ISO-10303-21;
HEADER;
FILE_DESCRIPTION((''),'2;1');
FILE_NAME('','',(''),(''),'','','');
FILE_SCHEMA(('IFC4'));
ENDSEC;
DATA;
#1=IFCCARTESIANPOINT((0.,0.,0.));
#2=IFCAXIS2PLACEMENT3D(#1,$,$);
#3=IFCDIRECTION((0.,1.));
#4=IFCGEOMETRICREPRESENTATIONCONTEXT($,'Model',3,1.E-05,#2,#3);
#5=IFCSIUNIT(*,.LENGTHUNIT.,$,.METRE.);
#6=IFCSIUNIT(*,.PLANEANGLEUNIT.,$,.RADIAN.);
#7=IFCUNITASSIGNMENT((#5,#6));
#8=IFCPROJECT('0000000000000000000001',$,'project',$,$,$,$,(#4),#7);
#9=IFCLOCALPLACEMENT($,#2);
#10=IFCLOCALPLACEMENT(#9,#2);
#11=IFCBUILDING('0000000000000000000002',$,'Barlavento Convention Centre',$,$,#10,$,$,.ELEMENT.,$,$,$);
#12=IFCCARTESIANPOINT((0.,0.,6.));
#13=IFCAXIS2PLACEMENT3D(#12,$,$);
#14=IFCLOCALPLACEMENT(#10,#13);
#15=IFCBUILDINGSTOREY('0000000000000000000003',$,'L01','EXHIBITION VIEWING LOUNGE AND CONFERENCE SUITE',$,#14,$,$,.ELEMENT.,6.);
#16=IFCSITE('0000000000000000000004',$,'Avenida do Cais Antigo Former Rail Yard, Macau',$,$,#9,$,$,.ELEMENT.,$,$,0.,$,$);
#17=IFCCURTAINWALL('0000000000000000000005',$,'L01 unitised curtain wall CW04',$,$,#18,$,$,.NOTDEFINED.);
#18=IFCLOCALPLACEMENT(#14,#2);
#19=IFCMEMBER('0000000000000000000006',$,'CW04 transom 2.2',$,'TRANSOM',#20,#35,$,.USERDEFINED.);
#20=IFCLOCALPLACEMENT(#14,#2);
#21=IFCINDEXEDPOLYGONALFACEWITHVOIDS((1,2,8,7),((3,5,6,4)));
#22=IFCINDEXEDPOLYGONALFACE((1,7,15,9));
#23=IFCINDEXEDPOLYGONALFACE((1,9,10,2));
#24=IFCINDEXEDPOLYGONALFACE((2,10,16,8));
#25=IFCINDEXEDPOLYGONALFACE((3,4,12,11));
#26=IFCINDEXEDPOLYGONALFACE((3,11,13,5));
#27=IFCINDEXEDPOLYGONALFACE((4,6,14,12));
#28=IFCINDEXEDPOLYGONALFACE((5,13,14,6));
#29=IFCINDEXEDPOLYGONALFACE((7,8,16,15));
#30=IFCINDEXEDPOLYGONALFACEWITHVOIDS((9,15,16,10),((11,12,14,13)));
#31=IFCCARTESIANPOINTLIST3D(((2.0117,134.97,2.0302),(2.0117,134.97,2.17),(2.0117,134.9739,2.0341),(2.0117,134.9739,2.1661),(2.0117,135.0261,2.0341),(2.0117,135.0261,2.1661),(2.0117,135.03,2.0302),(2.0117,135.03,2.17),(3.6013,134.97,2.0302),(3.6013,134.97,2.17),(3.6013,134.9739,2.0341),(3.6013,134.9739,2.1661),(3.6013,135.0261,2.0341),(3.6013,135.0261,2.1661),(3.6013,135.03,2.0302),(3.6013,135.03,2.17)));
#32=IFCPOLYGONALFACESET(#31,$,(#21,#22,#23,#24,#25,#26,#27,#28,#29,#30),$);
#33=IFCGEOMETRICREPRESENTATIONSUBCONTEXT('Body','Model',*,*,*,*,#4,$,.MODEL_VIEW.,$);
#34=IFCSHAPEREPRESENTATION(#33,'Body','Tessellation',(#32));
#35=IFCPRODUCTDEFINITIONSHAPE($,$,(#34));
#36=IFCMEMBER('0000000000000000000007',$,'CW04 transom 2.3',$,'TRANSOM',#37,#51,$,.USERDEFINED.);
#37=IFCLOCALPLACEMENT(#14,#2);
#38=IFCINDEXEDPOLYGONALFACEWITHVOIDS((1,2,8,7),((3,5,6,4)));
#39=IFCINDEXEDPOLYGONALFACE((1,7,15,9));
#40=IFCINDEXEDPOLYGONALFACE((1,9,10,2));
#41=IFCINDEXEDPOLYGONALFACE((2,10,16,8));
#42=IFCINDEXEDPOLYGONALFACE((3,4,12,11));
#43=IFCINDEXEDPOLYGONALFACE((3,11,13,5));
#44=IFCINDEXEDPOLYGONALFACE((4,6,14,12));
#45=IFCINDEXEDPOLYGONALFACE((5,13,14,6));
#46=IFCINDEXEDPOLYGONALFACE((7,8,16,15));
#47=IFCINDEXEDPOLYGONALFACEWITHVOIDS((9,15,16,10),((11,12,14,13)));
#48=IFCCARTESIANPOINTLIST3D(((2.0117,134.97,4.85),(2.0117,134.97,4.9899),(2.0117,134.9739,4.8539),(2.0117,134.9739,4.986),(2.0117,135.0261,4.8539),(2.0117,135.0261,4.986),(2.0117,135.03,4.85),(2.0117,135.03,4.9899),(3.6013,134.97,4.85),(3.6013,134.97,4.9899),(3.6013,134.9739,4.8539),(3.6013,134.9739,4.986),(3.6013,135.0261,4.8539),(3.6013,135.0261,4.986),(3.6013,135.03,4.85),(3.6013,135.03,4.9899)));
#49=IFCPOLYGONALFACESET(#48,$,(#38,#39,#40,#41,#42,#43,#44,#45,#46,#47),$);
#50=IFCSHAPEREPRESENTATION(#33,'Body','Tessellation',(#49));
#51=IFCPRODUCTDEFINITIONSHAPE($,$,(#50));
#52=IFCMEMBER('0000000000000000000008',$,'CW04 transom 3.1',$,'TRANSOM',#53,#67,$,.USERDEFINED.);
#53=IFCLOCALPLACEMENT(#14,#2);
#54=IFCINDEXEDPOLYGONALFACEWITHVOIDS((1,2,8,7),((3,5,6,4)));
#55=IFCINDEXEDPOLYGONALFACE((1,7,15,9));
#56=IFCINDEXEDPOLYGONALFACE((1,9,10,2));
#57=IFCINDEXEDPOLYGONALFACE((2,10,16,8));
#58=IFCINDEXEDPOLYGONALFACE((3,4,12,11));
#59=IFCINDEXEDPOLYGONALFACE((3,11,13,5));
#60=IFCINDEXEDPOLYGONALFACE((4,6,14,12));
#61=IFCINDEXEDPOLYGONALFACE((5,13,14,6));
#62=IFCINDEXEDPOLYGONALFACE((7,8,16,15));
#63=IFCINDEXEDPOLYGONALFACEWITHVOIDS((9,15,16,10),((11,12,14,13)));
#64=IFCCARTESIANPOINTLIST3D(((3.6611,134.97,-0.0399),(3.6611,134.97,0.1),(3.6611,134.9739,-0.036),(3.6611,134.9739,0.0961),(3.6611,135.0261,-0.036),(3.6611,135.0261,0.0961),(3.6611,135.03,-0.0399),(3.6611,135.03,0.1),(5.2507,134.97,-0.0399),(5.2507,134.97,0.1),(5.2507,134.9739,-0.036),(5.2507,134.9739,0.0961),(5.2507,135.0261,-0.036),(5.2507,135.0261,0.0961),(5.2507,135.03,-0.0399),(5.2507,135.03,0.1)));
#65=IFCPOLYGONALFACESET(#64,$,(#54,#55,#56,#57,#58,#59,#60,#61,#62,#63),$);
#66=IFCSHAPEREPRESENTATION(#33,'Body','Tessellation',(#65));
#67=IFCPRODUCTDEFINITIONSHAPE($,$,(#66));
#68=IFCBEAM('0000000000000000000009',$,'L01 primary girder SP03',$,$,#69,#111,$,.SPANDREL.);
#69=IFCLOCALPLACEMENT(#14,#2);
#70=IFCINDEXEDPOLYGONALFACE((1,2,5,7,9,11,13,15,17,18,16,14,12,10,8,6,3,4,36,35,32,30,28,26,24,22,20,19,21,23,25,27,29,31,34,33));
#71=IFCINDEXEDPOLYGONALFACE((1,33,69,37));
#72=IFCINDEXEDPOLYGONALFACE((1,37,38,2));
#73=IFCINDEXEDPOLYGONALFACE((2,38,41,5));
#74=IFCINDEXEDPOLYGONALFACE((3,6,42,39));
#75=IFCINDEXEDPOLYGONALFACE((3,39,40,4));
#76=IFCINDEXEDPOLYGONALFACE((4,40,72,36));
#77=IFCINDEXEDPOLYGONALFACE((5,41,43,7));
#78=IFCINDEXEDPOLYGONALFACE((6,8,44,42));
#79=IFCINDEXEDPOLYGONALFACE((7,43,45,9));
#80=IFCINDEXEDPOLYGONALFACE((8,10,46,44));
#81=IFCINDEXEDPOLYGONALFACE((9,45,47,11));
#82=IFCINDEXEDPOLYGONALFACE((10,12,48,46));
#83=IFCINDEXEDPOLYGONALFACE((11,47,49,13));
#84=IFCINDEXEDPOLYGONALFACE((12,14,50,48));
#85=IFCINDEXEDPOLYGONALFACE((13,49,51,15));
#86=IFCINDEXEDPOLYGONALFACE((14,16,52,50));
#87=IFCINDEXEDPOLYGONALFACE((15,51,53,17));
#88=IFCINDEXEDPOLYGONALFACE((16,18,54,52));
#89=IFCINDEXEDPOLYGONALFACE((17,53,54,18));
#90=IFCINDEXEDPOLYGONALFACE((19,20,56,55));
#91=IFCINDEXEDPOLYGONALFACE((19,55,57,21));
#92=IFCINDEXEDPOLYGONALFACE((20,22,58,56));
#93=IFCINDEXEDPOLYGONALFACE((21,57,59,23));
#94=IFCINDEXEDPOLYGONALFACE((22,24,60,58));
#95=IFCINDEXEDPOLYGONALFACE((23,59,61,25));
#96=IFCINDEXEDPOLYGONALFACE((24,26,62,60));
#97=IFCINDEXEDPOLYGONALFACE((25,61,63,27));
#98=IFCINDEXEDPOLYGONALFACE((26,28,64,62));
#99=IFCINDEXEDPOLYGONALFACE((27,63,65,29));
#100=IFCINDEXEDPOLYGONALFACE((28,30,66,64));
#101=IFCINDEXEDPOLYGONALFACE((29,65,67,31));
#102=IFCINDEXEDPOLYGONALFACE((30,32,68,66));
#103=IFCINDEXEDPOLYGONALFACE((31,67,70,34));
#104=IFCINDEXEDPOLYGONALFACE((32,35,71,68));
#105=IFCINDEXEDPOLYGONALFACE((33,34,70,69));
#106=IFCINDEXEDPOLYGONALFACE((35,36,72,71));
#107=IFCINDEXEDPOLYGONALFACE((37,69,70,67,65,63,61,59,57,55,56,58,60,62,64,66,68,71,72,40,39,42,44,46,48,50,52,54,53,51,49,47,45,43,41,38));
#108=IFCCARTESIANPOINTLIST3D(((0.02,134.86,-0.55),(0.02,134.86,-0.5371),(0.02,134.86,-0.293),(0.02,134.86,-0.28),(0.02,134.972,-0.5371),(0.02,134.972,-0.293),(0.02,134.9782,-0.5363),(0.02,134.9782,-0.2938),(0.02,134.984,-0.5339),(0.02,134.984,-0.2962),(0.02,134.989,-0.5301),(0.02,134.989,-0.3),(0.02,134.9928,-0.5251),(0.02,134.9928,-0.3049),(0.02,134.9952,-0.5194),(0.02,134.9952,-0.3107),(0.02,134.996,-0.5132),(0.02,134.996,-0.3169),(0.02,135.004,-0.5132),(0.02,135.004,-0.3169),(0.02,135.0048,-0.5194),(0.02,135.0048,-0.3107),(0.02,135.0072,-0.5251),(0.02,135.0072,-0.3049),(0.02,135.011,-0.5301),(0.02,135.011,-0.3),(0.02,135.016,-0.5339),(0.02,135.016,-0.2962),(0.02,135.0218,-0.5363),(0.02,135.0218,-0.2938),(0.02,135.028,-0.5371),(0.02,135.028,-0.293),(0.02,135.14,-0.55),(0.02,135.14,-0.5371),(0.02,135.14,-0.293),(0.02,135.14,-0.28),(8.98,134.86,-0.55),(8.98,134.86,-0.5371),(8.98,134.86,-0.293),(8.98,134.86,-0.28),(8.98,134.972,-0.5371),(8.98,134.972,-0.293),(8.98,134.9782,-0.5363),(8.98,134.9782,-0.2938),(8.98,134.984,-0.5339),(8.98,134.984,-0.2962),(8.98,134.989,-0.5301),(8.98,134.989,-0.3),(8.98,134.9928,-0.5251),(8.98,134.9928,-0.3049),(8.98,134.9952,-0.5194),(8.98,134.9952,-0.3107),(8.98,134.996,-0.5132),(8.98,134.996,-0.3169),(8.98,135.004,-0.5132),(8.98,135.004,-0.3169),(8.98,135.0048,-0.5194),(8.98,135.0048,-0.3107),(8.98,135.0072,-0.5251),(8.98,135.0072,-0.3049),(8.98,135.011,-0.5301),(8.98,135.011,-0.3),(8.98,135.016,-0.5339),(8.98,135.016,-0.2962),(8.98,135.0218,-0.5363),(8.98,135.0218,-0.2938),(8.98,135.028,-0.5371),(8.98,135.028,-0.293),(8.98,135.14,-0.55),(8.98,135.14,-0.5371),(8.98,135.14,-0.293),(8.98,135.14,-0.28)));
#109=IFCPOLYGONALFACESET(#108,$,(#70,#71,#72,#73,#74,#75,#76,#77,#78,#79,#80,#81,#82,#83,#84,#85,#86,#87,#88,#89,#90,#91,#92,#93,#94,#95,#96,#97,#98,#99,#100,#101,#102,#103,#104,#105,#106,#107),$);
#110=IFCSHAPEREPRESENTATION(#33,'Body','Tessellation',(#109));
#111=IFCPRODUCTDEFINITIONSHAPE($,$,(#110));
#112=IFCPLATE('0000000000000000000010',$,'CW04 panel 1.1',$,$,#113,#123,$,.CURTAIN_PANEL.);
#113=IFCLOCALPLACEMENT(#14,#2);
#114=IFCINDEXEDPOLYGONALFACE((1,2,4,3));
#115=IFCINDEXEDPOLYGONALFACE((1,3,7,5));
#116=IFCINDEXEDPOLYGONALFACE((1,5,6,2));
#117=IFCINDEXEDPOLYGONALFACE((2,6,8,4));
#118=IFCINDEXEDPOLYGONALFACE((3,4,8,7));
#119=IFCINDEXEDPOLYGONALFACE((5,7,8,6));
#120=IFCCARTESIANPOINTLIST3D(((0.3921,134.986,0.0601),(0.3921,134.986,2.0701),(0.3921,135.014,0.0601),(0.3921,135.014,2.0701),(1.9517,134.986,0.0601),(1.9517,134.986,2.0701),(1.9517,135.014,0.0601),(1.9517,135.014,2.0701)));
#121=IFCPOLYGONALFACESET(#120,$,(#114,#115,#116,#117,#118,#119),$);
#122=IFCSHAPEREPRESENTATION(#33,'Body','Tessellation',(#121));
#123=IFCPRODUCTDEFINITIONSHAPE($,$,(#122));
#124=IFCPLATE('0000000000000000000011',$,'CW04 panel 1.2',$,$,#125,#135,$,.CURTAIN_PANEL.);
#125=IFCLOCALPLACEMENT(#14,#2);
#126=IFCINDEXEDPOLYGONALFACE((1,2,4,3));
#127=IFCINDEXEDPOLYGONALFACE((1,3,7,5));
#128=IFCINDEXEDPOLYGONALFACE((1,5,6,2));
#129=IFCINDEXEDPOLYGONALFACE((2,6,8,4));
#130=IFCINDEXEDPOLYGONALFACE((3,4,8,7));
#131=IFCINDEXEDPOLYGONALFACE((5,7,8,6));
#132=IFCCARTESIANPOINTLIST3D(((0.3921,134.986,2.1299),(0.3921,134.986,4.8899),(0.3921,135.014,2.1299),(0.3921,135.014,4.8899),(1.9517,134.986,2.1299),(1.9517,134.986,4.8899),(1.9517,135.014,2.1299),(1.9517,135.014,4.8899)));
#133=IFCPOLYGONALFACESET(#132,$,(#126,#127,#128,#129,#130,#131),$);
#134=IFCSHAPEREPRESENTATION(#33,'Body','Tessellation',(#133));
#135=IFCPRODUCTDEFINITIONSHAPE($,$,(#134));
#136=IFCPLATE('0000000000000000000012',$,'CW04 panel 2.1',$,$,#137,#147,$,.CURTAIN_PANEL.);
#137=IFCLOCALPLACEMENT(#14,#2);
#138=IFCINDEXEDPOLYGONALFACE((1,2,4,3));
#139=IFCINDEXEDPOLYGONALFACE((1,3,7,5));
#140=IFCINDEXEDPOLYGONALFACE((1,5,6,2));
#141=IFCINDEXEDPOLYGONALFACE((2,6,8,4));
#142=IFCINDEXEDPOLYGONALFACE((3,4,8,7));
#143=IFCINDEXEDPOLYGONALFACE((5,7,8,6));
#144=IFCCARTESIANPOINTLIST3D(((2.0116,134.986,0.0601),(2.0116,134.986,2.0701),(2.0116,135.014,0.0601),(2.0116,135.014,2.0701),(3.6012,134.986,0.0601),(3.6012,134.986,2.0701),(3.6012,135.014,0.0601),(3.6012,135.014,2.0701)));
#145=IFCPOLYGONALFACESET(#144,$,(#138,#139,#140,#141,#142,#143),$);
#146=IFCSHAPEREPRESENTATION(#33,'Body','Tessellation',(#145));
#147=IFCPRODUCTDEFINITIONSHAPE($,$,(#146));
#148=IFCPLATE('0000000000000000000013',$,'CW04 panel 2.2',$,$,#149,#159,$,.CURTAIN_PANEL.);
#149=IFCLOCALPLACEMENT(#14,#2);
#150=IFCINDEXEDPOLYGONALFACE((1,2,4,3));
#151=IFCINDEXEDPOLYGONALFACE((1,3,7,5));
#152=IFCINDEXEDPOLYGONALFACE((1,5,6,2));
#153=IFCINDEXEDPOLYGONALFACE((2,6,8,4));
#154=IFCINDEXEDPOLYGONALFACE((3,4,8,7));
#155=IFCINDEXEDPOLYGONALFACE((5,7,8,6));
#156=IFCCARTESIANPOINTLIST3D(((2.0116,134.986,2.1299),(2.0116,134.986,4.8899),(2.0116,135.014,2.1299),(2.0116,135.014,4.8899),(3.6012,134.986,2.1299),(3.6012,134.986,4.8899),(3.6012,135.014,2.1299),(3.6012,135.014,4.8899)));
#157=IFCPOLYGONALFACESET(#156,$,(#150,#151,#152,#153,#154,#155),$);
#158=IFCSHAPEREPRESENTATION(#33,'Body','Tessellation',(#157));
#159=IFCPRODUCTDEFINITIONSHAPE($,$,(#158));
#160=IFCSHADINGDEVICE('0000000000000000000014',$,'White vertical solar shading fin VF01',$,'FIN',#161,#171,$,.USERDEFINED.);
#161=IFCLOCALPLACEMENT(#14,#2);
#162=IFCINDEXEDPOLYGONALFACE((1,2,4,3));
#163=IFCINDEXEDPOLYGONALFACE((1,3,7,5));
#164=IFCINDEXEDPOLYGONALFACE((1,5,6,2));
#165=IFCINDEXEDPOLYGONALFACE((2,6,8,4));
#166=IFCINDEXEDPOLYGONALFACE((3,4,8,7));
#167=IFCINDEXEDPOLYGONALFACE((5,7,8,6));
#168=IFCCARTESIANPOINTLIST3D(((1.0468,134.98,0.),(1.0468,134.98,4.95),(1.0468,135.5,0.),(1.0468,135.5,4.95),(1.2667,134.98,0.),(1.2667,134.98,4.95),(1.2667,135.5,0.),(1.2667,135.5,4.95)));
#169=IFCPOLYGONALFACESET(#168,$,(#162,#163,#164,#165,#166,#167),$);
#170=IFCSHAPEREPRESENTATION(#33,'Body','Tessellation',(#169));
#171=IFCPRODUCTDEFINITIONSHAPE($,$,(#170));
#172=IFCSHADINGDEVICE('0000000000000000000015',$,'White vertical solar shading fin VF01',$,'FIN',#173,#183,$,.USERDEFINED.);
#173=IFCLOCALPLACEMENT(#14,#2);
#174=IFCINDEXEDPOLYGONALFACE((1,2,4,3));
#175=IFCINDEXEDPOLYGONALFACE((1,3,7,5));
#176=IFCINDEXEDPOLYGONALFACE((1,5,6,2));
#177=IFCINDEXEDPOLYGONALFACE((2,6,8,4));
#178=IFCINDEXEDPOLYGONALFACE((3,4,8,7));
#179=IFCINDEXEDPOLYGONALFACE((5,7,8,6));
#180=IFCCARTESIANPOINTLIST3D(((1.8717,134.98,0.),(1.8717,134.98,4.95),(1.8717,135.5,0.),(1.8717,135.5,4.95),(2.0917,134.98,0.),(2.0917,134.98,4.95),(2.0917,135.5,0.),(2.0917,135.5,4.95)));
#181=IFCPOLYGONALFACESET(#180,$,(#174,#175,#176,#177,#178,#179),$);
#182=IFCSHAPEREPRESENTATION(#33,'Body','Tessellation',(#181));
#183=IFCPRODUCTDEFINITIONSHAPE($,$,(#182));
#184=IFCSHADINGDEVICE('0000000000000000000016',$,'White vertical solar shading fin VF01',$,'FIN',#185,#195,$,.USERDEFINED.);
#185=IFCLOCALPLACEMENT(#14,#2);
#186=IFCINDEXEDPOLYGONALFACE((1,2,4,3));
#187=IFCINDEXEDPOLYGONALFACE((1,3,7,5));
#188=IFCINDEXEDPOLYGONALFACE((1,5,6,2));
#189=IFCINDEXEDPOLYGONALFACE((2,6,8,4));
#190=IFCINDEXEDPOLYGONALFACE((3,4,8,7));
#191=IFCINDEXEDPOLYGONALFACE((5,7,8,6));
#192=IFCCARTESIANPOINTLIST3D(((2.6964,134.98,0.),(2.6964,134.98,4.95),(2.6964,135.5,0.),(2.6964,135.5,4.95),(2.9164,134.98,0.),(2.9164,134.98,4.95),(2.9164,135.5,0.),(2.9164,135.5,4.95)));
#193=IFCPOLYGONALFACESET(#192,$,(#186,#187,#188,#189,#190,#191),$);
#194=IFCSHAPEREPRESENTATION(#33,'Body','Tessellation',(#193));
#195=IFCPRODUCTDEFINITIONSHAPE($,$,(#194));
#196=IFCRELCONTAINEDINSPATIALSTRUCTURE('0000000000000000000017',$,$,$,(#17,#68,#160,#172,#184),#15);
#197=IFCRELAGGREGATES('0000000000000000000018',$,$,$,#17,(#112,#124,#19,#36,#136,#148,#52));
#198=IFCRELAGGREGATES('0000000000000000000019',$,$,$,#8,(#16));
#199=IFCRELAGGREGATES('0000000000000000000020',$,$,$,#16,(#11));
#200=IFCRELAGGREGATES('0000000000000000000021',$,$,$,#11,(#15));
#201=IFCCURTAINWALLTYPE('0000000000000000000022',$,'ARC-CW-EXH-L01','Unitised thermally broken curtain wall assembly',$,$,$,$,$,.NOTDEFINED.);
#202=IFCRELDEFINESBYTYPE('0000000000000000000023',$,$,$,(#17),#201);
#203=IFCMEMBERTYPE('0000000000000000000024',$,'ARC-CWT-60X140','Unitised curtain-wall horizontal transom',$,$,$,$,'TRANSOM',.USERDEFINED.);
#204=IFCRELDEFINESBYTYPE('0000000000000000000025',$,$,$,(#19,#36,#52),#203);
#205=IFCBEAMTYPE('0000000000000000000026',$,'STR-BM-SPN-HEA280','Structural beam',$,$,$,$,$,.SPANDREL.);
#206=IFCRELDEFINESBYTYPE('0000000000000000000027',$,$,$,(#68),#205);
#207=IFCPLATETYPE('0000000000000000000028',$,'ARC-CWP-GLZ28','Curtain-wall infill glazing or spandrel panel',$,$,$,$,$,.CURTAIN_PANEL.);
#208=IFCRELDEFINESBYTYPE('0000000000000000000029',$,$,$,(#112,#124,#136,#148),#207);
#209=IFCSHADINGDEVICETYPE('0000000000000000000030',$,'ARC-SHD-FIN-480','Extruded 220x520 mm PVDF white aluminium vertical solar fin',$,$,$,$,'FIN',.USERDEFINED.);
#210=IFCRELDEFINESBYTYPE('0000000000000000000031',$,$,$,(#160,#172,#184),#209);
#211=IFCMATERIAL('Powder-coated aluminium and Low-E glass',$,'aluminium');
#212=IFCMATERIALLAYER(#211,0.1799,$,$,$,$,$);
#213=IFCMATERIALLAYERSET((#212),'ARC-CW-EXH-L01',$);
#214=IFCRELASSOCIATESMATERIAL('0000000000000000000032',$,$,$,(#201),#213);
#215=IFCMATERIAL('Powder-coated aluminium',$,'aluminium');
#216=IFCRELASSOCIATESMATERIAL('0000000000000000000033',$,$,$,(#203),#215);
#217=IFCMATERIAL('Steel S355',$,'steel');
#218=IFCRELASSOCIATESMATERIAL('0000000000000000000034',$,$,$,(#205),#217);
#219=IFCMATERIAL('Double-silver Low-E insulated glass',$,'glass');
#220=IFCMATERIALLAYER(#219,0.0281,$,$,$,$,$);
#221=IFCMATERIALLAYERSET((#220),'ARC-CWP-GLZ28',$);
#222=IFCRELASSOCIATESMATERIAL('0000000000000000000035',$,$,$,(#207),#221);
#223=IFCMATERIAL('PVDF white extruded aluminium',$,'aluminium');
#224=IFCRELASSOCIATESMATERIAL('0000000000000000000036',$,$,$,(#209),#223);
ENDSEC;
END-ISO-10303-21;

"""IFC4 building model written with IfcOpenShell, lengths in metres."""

from ifc_helpers import new_model, si_unit, direction, frame, origin, origin_2d, place, context, subcontext, project, spatial, rectangle, hollow_rectangle, i_section, extrude, material, layer, layer_set, material_profile, profile_set, type_object, element, aggregate, save


model = new_model("IFC4")

# Units and contexts
model_context = context("Model", 3, precision=1e-05, world=origin(), true_north=direction((0.0, 1.0)))
body_context = subcontext(model_context, "Body", "Model", "MODEL_VIEW")
ifc_project = project(units=[si_unit("LENGTHUNIT", "METRE"), si_unit("PLANEANGLEUNIT", "RADIAN")], contexts=[model_context])

# Site, building, storey
site_placement = place(None, origin())
site = spatial("IfcSite", under=ifc_project, at=site_placement, Name="Avenida do Cais Antigo Former Rail Yard, Macau", CompositionType="ELEMENT", RefElevation=0.0)
building_placement = place(site_placement, origin())
building = spatial("IfcBuilding", under=site, at=building_placement, Name="Barlavento Convention Centre", CompositionType="ELEMENT")
storey_placement = place(building_placement, frame((0.0, 0.0, 6.0)))
storey = spatial("IfcBuildingStorey", under=building, at=storey_placement, Name="L01", Description="EXHIBITION VIEWING LOUNGE AND CONFERENCE SUITE", CompositionType="ELEMENT", Elevation=6.0)

# Shared definitions
ifc_material_1 = material(Name="Steel S355", Category="steel")

# Curtain wall
ifc_material_2 = material(Name="Powder-coated aluminium and Low-E glass", Category="aluminium")
ifc_layer_1 = layer(ifc_material_2, 0.1799)
ifc_layer_set_1 = layer_set([ifc_layer_1], Name="ARC-CW-EXH-L01")
curtain_wall_type = type_object("IfcCurtainWallType", Name="ARC-CW-EXH-L01", Description="Unitised thermally broken curtain wall assembly", PredefinedType="NOTDEFINED", material=ifc_layer_set_1)
curtain_wall_1_placement = place(storey_placement, origin())
curtain_wall_1 = element("IfcCurtainWall", 1, at=curtain_wall_1_placement, inside=storey, type_object=curtain_wall_type, Name="L01 unitised curtain wall CW04", PredefinedType="NOTDEFINED")
ifc_material_3 = material(Name="Powder-coated aluminium", Category="aluminium")

# Members
ifc_material_profile_1 = material_profile(ifc_material_3, hollow_rectangle(XDim=0.0601, YDim=0.1399, WallThickness=0.0039, at=origin_2d()), Name="AL-TRAN 60x140x4")
ifc_profile_set_1 = profile_set([ifc_material_profile_1], Name="Powder-coated aluminium")
member_type_1 = type_object("IfcMemberType", Name="ARC-CWT-60X140", Description="Unitised curtain-wall horizontal transom", ElementType="TRANSOM", PredefinedType="USERDEFINED", material=ifc_profile_set_1)
member_1_placement = place(storey_placement, frame((2.0117, 135.0, 2.1001), z_axis=(1.0, 0.0, 0.0), x_axis=(0.0, 1.0, 0.0)))
member_1 = element("IfcMember", 2, at=member_1_placement, type_object=member_type_1, Name="CW04 transom 2.2", ObjectType="TRANSOM", PredefinedType="USERDEFINED", context=body_context, shape_type="SweptSolid", body=[
    extrude(hollow_rectangle(XDim=0.0601, YDim=0.1399, WallThickness=0.0039, at=origin_2d()), origin(), (0.0, 0.0, 1.0), 1.5896),
])
member_2_placement = place(storey_placement, frame((2.0117, 135.0, 4.9199), z_axis=(1.0, 0.0, 0.0), x_axis=(0.0, 1.0, 0.0)))
member_2 = element("IfcMember", 3, at=member_2_placement, type_object=member_type_1, Name="CW04 transom 2.3", ObjectType="TRANSOM", PredefinedType="USERDEFINED", context=body_context, shape_type="SweptSolid", body=[
    extrude(hollow_rectangle(XDim=0.0601, YDim=0.1399, WallThickness=0.0039, at=origin_2d()), origin(), (0.0, 0.0, 1.0), 1.5896),
])
member_3_placement = place(storey_placement, frame((3.6611, 135.0, 0.03), z_axis=(1.0, 0.0, 0.0), x_axis=(0.0, 1.0, 0.0)))
member_3 = element("IfcMember", 4, at=member_3_placement, type_object=member_type_1, Name="CW04 transom 3.1", ObjectType="TRANSOM", PredefinedType="USERDEFINED", context=body_context, shape_type="SweptSolid", body=[
    extrude(hollow_rectangle(XDim=0.0601, YDim=0.1399, WallThickness=0.0039, at=origin_2d()), origin(), (0.0, 0.0, 1.0), 1.5896),
])

# Beam
ifc_material_profile_2 = material_profile(ifc_material_1, i_section(OverallWidth=0.28, OverallDepth=0.27, WebThickness=0.0081, FlangeThickness=0.0129, FilletRadius=0.0239, at=origin_2d()), Name="HEA 280")
ifc_profile_set_2 = profile_set([ifc_material_profile_2], Name="Steel S355")
beam_type = type_object("IfcBeamType", Name="STR-BM-SPN-HEA280", Description="Structural beam", PredefinedType="SPANDREL", material=ifc_profile_set_2)
beam_placement = place(storey_placement, frame((0.02, 135.0, -0.415), z_axis=(1.0, 0.0, 0.0), x_axis=(0.0, 1.0, 0.0)))
element("IfcBeam", 5, at=beam_placement, inside=storey, type_object=beam_type, Name="L01 primary girder SP03", PredefinedType="SPANDREL", context=body_context, shape_type="SweptSolid", body=[
    extrude(i_section(OverallWidth=0.28, OverallDepth=0.27, WebThickness=0.0081, FlangeThickness=0.0129, FilletRadius=0.0239, at=origin_2d()), origin(), (0.0, 0.0, 1.0), 8.96),
])

# Plates
ifc_material_4 = material(Name="Double-silver Low-E insulated glass", Category="glass")
ifc_layer_2 = layer(ifc_material_4, 0.0281)
ifc_layer_set_2 = layer_set([ifc_layer_2], Name="ARC-CWP-GLZ28")
plate_type = type_object("IfcPlateType", Name="ARC-CWP-GLZ28", Description="Curtain-wall infill glazing or spandrel panel", PredefinedType="CURTAIN_PANEL", material=ifc_layer_set_2)
plate_1_placement = place(storey_placement, frame((1.1719, 135.0, 0.0601), z_axis=(0.0, 0.0, 1.0), x_axis=(1.0, 0.0, 0.0)))
plate_1 = element("IfcPlate", 6, at=plate_1_placement, type_object=plate_type, Name="CW04 panel 1.1", PredefinedType="CURTAIN_PANEL", context=body_context, shape_type="SweptSolid", body=[
    extrude(rectangle(XDim=1.5596, YDim=0.0281, at=origin_2d()), origin(), (0.0, 0.0, 1.0), 2.01),
])
plate_2_placement = place(storey_placement, frame((1.1719, 135.0, 2.1299), z_axis=(0.0, 0.0, 1.0), x_axis=(1.0, 0.0, 0.0)))
plate_2 = element("IfcPlate", 7, at=plate_2_placement, type_object=plate_type, Name="CW04 panel 1.2", PredefinedType="CURTAIN_PANEL", context=body_context, shape_type="SweptSolid", body=[
    extrude(rectangle(XDim=1.5596, YDim=0.0281, at=origin_2d()), origin(), (0.0, 0.0, 1.0), 2.76),
])
plate_3_placement = place(storey_placement, frame((2.8064, 135.0, 0.0601), z_axis=(0.0, 0.0, 1.0), x_axis=(1.0, 0.0, 0.0)))
plate_3 = element("IfcPlate", 8, at=plate_3_placement, type_object=plate_type, Name="CW04 panel 2.1", PredefinedType="CURTAIN_PANEL", context=body_context, shape_type="SweptSolid", body=[
    extrude(rectangle(XDim=1.5896, YDim=0.0281, at=origin_2d()), origin(), (0.0, 0.0, 1.0), 2.01),
])
plate_4_placement = place(storey_placement, frame((2.8064, 135.0, 2.1299), z_axis=(0.0, 0.0, 1.0), x_axis=(1.0, 0.0, 0.0)))
plate_4 = element("IfcPlate", 9, at=plate_4_placement, type_object=plate_type, Name="CW04 panel 2.2", PredefinedType="CURTAIN_PANEL", context=body_context, shape_type="SweptSolid", body=[
    extrude(rectangle(XDim=1.5896, YDim=0.0281, at=origin_2d()), origin(), (0.0, 0.0, 1.0), 2.76),
])
aggregate(curtain_wall_1, [plate_1, plate_2, member_1, member_2, plate_3, plate_4, member_3])

# Shading devices
ifc_material_5 = material(Name="PVDF white extruded aluminium", Category="aluminium")
shading_device_type = type_object("IfcShadingDeviceType", Name="ARC-SHD-FIN-480", Description="Extruded 220x520 mm PVDF white aluminium vertical solar fin", ElementType="FIN", PredefinedType="USERDEFINED", material=ifc_material_5)
for number, where, z_axis, x_axis, name in (
    (10, (1.1567, 135.24, 0.0), (0.0, 0.0, 1.0), (1.0, 0.0, 0.0), "White vertical solar shading fin VF01"),
    (11, (1.9817, 135.24, 0.0), (0.0, 0.0, 1.0), (1.0, 0.0, 0.0), "White vertical solar shading fin VF01"),
    (12, (2.8064, 135.24, 0.0), (0.0, 0.0, 1.0), (1.0, 0.0, 0.0), "White vertical solar shading fin VF01"),
):
    element("IfcShadingDevice", number, at=place(storey_placement, frame(where, z_axis=z_axis, x_axis=x_axis)), inside=storey, type_object=shading_device_type, Name=name, ObjectType="FIN", PredefinedType="USERDEFINED", context=body_context, shape_type="SweptSolid", body=[
        extrude(rectangle(XDim=0.22, YDim=0.52, at=origin_2d()), origin(), (0.0, 0.0, 1.0), 4.95),
    ])

save(model, "model.ifc")
